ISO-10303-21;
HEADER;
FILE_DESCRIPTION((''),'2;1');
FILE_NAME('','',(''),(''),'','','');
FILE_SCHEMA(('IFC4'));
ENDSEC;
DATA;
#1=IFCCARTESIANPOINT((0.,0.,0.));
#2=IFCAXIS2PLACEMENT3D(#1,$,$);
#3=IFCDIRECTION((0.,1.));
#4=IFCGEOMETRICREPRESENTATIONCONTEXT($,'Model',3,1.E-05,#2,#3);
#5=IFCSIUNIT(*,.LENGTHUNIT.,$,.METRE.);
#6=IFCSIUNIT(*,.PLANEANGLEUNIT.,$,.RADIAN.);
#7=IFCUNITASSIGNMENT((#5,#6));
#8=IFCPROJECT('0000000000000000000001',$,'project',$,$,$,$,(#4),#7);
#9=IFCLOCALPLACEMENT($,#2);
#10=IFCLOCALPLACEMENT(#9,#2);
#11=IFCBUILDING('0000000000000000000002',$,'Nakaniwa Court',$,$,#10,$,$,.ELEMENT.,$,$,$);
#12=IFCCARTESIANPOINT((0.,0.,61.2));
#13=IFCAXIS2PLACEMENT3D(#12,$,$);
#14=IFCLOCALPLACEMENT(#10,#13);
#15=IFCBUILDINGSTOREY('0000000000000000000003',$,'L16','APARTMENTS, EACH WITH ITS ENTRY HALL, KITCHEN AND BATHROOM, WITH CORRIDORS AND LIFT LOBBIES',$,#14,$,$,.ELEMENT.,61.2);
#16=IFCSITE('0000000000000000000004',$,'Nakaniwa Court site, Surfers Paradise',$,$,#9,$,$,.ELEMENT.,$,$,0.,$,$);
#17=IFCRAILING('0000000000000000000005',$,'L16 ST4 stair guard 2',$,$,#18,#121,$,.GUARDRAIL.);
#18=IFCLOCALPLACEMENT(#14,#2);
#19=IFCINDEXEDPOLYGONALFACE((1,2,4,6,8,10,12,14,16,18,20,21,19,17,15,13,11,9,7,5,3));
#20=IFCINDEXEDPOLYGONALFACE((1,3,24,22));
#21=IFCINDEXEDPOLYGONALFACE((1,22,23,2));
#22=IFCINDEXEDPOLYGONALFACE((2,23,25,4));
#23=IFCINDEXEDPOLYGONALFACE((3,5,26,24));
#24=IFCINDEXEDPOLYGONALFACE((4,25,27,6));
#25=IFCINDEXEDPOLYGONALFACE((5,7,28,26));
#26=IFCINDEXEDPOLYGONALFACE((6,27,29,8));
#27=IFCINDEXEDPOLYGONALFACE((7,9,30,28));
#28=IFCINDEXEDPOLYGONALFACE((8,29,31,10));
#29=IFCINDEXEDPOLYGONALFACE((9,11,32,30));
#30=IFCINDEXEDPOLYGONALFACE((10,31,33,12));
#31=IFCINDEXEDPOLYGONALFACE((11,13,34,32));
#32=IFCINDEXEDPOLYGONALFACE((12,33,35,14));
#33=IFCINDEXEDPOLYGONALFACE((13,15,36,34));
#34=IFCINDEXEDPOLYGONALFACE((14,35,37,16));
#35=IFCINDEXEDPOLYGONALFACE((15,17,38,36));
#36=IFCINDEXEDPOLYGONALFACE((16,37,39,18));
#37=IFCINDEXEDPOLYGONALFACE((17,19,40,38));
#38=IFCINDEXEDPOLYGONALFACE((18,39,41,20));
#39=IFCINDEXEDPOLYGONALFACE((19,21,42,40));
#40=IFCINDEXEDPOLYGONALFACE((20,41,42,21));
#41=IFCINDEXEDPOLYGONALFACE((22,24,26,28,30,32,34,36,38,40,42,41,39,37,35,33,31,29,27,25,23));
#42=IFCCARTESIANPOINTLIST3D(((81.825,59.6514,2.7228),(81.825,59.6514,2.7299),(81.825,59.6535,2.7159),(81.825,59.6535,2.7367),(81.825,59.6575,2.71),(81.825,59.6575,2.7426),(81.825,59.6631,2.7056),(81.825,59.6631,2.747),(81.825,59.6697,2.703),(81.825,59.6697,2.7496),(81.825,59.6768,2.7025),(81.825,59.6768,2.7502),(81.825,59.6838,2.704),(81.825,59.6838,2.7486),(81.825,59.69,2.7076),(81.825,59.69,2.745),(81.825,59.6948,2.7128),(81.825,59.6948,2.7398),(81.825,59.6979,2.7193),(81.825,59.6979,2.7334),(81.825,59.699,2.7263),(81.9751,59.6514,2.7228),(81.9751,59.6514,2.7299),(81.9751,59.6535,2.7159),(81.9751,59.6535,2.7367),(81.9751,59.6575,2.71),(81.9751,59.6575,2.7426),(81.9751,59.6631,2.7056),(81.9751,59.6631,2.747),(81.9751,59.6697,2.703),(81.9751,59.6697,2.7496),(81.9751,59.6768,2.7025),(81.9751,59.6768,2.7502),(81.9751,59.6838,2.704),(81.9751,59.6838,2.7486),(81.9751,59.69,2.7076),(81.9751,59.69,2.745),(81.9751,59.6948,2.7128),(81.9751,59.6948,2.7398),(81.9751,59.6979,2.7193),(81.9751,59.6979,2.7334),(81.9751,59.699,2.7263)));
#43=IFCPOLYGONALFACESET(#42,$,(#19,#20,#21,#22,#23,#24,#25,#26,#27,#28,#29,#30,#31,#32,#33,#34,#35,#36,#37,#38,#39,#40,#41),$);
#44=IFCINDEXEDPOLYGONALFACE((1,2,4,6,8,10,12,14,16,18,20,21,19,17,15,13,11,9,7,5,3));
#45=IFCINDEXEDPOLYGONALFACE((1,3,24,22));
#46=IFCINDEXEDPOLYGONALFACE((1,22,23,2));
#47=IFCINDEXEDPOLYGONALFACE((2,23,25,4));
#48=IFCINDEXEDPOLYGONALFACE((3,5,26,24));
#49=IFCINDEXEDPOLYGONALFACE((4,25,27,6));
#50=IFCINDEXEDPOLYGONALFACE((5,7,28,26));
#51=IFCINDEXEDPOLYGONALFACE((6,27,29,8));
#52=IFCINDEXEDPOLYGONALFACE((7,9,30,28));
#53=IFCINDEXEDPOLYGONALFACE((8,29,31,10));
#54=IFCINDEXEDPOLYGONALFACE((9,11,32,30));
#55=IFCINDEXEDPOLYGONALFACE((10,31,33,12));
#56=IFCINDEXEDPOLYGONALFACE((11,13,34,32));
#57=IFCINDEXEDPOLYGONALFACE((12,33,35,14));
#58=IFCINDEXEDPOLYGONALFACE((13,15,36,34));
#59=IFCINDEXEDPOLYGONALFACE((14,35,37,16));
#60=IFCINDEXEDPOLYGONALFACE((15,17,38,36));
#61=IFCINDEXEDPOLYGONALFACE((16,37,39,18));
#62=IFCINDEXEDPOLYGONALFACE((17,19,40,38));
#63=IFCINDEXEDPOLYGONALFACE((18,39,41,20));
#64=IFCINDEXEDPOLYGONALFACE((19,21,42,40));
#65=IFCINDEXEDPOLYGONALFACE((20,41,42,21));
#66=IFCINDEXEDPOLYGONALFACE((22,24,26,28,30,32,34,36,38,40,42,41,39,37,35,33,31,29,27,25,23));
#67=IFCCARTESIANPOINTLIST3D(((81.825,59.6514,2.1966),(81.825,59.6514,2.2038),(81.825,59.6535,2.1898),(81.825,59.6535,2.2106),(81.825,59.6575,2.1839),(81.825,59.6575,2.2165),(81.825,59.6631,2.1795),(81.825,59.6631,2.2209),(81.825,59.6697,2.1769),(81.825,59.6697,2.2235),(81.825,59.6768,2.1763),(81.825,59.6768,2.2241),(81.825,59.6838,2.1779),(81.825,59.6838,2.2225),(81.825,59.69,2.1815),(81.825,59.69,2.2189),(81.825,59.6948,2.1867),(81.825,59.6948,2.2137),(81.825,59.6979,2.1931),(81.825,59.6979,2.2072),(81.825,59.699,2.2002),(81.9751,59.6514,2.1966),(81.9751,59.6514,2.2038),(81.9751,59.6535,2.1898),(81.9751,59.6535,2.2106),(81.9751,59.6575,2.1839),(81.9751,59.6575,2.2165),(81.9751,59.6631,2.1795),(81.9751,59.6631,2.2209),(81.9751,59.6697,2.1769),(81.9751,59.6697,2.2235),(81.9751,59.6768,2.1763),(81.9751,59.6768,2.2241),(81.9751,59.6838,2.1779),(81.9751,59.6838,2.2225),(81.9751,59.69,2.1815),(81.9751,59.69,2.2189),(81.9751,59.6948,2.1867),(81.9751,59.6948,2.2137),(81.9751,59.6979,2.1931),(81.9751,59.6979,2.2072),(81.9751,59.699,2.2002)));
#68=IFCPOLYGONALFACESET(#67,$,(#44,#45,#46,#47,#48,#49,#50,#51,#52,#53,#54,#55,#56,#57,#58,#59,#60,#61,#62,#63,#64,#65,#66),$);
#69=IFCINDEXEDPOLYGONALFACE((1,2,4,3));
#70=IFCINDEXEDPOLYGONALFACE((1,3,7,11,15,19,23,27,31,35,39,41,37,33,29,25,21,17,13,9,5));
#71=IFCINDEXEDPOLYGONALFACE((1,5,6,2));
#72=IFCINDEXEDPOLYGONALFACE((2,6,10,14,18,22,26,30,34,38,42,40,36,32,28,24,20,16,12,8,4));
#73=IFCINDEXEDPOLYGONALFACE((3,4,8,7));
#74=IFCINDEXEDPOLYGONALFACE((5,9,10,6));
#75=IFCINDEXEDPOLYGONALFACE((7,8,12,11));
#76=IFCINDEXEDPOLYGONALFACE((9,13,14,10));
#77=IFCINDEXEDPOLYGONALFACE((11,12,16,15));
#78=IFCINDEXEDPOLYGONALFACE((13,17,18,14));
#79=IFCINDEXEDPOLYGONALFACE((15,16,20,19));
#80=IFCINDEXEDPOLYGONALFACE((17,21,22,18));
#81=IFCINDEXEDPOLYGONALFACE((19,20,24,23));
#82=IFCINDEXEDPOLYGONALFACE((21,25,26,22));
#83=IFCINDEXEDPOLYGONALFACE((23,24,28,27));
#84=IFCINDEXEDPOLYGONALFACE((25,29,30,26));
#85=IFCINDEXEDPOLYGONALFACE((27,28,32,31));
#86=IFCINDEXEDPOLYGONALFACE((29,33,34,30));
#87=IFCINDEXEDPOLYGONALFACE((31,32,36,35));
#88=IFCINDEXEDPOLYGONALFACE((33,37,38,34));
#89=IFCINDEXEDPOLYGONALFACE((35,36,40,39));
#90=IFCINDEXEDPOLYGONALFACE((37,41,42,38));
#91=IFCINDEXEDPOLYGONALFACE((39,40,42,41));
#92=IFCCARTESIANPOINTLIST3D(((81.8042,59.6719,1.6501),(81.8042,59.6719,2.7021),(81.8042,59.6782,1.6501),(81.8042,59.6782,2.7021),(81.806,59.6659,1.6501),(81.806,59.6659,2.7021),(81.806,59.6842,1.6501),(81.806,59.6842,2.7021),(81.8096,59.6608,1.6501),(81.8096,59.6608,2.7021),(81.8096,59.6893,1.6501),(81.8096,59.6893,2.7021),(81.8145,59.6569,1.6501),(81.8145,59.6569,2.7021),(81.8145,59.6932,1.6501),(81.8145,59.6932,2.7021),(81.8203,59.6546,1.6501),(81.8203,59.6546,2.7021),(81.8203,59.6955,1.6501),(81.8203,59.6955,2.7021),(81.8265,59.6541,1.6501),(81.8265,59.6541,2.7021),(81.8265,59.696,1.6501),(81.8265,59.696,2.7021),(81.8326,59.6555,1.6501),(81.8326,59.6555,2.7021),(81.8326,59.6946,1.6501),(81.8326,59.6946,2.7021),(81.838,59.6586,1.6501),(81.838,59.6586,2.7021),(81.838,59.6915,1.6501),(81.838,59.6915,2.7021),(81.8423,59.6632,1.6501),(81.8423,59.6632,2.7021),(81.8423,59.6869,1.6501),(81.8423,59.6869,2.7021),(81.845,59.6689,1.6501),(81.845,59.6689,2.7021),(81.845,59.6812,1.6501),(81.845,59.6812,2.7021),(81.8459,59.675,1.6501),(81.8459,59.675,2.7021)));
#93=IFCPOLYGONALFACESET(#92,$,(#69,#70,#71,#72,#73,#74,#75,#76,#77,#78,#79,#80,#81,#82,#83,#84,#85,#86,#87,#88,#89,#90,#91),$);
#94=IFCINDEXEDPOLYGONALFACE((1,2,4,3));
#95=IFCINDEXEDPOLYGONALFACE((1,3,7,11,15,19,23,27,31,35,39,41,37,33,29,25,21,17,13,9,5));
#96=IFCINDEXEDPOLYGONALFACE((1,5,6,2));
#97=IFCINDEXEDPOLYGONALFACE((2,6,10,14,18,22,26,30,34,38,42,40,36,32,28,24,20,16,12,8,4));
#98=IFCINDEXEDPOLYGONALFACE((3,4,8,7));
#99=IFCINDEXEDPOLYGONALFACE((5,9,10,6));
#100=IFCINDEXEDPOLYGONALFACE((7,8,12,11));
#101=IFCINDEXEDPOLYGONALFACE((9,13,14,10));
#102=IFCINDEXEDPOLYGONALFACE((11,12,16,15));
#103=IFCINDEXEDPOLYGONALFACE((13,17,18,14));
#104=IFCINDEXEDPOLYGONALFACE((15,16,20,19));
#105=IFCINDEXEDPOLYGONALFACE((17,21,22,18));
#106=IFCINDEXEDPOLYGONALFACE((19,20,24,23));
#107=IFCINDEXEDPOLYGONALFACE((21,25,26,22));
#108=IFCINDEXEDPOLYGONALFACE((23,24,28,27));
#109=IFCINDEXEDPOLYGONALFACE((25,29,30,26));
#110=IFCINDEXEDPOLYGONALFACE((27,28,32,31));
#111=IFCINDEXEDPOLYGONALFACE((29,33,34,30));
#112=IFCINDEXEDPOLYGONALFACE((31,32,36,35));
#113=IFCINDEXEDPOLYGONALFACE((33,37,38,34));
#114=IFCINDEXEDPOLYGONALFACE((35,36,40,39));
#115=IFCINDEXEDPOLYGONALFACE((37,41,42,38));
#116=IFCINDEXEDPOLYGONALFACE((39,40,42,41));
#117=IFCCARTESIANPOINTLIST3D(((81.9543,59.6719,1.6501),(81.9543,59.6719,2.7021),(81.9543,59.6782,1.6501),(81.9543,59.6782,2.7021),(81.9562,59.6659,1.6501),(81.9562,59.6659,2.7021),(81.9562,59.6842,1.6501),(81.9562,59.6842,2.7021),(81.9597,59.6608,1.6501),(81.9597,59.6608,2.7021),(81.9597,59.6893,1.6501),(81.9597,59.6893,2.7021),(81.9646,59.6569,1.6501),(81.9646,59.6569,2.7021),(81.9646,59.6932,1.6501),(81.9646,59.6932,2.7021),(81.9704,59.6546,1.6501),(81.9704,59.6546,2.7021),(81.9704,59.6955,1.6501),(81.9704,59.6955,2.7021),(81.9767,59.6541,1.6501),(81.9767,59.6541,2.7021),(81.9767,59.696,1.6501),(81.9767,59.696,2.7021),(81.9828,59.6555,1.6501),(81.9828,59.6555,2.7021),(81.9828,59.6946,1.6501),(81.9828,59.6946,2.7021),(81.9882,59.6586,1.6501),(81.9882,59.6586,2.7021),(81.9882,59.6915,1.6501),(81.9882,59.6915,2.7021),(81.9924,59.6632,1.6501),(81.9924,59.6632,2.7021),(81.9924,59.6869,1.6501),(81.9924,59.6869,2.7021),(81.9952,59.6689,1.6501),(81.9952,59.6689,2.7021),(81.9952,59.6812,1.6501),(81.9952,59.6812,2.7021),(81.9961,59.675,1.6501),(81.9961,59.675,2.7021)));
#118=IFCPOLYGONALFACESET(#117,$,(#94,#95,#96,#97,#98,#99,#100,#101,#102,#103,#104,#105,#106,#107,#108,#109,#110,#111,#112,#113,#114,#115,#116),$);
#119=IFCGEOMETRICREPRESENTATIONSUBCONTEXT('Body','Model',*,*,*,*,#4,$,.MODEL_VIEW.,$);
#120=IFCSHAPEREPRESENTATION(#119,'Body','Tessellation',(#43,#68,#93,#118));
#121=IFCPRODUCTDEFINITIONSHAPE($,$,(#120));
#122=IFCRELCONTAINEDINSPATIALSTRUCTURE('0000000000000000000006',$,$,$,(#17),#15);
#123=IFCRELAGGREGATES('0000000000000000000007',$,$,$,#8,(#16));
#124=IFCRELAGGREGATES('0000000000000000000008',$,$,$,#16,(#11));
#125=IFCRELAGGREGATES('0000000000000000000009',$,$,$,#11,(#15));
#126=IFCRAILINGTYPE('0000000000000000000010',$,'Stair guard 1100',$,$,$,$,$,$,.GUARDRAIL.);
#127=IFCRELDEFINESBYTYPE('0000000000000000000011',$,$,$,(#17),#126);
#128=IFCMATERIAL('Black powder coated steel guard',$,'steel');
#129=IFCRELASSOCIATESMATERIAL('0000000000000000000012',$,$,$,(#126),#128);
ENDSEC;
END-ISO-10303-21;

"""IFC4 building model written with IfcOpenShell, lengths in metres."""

from ifc_helpers import new_model, si_unit, direction, frame, origin, origin_2d, place, context, subcontext, project, spatial, circle, extrude, material, type_object, element, save


model = new_model("IFC4")

# Units and contexts
model_context = context("Model", 3, precision=1e-05, world=origin(), true_north=direction((0.0, 1.0)))
body_context = subcontext(model_context, "Body", "Model", "MODEL_VIEW")
ifc_project = project(units=[si_unit("LENGTHUNIT", "METRE"), si_unit("PLANEANGLEUNIT", "RADIAN")], contexts=[model_context])

# Site, building, storey
site_placement = place(None, origin())
site = spatial("IfcSite", under=ifc_project, at=site_placement, Name="Nakaniwa Court site, Surfers Paradise", CompositionType="ELEMENT", RefElevation=0.0)
building_placement = place(site_placement, origin())
building = spatial("IfcBuilding", under=site, at=building_placement, Name="Nakaniwa Court", CompositionType="ELEMENT")
storey_placement = place(building_placement, frame((0.0, 0.0, 61.2)))
storey = spatial("IfcBuildingStorey", under=building, at=storey_placement, Name="L16", Description="APARTMENTS, EACH WITH ITS ENTRY HALL, KITCHEN AND BATHROOM, WITH CORRIDORS AND LIFT LOBBIES", CompositionType="ELEMENT", Elevation=61.2)

# Railing
ifc_material_1 = material(Name="Black powder coated steel guard", Category="steel")
railing_type_1 = type_object("IfcRailingType", Name="Stair guard 1100", PredefinedType="GUARDRAIL", material=ifc_material_1)
railing_1_placement = place(storey_placement, frame((81.825, 59.675, 1.6501)))
element("IfcRailing", 1, at=railing_1_placement, inside=storey, type_object=railing_type_1, Name="L16 ST4 stair guard 2", PredefinedType="GUARDRAIL", context=body_context, shape_type="SweptSolid", body=[
    extrude(circle(Radius=0.0239, at=origin_2d()), frame((0.0, 0.0, 1.0762), z_axis=(1.0, 0.0, 0.0), x_axis=(0.0, 1.0, 0.0)), (0.0, 0.0, 1.0), 0.1501),
    extrude(circle(Radius=0.0239, at=origin_2d()), frame((0.0, 0.0, 0.55), z_axis=(1.0, 0.0, 0.0), x_axis=(0.0, 1.0, 0.0)), (0.0, 0.0, 1.0), 0.1501),
    extrude(circle(Radius=0.021, at=origin_2d()), origin(), (0.0, 0.0, 1.0), 1.052),
    extrude(circle(Radius=0.021, at=origin_2d()), frame((0.1501, 0.0, 0.0)), (0.0, 0.0, 1.0), 1.052),
])

save(model, "model.ifc")
